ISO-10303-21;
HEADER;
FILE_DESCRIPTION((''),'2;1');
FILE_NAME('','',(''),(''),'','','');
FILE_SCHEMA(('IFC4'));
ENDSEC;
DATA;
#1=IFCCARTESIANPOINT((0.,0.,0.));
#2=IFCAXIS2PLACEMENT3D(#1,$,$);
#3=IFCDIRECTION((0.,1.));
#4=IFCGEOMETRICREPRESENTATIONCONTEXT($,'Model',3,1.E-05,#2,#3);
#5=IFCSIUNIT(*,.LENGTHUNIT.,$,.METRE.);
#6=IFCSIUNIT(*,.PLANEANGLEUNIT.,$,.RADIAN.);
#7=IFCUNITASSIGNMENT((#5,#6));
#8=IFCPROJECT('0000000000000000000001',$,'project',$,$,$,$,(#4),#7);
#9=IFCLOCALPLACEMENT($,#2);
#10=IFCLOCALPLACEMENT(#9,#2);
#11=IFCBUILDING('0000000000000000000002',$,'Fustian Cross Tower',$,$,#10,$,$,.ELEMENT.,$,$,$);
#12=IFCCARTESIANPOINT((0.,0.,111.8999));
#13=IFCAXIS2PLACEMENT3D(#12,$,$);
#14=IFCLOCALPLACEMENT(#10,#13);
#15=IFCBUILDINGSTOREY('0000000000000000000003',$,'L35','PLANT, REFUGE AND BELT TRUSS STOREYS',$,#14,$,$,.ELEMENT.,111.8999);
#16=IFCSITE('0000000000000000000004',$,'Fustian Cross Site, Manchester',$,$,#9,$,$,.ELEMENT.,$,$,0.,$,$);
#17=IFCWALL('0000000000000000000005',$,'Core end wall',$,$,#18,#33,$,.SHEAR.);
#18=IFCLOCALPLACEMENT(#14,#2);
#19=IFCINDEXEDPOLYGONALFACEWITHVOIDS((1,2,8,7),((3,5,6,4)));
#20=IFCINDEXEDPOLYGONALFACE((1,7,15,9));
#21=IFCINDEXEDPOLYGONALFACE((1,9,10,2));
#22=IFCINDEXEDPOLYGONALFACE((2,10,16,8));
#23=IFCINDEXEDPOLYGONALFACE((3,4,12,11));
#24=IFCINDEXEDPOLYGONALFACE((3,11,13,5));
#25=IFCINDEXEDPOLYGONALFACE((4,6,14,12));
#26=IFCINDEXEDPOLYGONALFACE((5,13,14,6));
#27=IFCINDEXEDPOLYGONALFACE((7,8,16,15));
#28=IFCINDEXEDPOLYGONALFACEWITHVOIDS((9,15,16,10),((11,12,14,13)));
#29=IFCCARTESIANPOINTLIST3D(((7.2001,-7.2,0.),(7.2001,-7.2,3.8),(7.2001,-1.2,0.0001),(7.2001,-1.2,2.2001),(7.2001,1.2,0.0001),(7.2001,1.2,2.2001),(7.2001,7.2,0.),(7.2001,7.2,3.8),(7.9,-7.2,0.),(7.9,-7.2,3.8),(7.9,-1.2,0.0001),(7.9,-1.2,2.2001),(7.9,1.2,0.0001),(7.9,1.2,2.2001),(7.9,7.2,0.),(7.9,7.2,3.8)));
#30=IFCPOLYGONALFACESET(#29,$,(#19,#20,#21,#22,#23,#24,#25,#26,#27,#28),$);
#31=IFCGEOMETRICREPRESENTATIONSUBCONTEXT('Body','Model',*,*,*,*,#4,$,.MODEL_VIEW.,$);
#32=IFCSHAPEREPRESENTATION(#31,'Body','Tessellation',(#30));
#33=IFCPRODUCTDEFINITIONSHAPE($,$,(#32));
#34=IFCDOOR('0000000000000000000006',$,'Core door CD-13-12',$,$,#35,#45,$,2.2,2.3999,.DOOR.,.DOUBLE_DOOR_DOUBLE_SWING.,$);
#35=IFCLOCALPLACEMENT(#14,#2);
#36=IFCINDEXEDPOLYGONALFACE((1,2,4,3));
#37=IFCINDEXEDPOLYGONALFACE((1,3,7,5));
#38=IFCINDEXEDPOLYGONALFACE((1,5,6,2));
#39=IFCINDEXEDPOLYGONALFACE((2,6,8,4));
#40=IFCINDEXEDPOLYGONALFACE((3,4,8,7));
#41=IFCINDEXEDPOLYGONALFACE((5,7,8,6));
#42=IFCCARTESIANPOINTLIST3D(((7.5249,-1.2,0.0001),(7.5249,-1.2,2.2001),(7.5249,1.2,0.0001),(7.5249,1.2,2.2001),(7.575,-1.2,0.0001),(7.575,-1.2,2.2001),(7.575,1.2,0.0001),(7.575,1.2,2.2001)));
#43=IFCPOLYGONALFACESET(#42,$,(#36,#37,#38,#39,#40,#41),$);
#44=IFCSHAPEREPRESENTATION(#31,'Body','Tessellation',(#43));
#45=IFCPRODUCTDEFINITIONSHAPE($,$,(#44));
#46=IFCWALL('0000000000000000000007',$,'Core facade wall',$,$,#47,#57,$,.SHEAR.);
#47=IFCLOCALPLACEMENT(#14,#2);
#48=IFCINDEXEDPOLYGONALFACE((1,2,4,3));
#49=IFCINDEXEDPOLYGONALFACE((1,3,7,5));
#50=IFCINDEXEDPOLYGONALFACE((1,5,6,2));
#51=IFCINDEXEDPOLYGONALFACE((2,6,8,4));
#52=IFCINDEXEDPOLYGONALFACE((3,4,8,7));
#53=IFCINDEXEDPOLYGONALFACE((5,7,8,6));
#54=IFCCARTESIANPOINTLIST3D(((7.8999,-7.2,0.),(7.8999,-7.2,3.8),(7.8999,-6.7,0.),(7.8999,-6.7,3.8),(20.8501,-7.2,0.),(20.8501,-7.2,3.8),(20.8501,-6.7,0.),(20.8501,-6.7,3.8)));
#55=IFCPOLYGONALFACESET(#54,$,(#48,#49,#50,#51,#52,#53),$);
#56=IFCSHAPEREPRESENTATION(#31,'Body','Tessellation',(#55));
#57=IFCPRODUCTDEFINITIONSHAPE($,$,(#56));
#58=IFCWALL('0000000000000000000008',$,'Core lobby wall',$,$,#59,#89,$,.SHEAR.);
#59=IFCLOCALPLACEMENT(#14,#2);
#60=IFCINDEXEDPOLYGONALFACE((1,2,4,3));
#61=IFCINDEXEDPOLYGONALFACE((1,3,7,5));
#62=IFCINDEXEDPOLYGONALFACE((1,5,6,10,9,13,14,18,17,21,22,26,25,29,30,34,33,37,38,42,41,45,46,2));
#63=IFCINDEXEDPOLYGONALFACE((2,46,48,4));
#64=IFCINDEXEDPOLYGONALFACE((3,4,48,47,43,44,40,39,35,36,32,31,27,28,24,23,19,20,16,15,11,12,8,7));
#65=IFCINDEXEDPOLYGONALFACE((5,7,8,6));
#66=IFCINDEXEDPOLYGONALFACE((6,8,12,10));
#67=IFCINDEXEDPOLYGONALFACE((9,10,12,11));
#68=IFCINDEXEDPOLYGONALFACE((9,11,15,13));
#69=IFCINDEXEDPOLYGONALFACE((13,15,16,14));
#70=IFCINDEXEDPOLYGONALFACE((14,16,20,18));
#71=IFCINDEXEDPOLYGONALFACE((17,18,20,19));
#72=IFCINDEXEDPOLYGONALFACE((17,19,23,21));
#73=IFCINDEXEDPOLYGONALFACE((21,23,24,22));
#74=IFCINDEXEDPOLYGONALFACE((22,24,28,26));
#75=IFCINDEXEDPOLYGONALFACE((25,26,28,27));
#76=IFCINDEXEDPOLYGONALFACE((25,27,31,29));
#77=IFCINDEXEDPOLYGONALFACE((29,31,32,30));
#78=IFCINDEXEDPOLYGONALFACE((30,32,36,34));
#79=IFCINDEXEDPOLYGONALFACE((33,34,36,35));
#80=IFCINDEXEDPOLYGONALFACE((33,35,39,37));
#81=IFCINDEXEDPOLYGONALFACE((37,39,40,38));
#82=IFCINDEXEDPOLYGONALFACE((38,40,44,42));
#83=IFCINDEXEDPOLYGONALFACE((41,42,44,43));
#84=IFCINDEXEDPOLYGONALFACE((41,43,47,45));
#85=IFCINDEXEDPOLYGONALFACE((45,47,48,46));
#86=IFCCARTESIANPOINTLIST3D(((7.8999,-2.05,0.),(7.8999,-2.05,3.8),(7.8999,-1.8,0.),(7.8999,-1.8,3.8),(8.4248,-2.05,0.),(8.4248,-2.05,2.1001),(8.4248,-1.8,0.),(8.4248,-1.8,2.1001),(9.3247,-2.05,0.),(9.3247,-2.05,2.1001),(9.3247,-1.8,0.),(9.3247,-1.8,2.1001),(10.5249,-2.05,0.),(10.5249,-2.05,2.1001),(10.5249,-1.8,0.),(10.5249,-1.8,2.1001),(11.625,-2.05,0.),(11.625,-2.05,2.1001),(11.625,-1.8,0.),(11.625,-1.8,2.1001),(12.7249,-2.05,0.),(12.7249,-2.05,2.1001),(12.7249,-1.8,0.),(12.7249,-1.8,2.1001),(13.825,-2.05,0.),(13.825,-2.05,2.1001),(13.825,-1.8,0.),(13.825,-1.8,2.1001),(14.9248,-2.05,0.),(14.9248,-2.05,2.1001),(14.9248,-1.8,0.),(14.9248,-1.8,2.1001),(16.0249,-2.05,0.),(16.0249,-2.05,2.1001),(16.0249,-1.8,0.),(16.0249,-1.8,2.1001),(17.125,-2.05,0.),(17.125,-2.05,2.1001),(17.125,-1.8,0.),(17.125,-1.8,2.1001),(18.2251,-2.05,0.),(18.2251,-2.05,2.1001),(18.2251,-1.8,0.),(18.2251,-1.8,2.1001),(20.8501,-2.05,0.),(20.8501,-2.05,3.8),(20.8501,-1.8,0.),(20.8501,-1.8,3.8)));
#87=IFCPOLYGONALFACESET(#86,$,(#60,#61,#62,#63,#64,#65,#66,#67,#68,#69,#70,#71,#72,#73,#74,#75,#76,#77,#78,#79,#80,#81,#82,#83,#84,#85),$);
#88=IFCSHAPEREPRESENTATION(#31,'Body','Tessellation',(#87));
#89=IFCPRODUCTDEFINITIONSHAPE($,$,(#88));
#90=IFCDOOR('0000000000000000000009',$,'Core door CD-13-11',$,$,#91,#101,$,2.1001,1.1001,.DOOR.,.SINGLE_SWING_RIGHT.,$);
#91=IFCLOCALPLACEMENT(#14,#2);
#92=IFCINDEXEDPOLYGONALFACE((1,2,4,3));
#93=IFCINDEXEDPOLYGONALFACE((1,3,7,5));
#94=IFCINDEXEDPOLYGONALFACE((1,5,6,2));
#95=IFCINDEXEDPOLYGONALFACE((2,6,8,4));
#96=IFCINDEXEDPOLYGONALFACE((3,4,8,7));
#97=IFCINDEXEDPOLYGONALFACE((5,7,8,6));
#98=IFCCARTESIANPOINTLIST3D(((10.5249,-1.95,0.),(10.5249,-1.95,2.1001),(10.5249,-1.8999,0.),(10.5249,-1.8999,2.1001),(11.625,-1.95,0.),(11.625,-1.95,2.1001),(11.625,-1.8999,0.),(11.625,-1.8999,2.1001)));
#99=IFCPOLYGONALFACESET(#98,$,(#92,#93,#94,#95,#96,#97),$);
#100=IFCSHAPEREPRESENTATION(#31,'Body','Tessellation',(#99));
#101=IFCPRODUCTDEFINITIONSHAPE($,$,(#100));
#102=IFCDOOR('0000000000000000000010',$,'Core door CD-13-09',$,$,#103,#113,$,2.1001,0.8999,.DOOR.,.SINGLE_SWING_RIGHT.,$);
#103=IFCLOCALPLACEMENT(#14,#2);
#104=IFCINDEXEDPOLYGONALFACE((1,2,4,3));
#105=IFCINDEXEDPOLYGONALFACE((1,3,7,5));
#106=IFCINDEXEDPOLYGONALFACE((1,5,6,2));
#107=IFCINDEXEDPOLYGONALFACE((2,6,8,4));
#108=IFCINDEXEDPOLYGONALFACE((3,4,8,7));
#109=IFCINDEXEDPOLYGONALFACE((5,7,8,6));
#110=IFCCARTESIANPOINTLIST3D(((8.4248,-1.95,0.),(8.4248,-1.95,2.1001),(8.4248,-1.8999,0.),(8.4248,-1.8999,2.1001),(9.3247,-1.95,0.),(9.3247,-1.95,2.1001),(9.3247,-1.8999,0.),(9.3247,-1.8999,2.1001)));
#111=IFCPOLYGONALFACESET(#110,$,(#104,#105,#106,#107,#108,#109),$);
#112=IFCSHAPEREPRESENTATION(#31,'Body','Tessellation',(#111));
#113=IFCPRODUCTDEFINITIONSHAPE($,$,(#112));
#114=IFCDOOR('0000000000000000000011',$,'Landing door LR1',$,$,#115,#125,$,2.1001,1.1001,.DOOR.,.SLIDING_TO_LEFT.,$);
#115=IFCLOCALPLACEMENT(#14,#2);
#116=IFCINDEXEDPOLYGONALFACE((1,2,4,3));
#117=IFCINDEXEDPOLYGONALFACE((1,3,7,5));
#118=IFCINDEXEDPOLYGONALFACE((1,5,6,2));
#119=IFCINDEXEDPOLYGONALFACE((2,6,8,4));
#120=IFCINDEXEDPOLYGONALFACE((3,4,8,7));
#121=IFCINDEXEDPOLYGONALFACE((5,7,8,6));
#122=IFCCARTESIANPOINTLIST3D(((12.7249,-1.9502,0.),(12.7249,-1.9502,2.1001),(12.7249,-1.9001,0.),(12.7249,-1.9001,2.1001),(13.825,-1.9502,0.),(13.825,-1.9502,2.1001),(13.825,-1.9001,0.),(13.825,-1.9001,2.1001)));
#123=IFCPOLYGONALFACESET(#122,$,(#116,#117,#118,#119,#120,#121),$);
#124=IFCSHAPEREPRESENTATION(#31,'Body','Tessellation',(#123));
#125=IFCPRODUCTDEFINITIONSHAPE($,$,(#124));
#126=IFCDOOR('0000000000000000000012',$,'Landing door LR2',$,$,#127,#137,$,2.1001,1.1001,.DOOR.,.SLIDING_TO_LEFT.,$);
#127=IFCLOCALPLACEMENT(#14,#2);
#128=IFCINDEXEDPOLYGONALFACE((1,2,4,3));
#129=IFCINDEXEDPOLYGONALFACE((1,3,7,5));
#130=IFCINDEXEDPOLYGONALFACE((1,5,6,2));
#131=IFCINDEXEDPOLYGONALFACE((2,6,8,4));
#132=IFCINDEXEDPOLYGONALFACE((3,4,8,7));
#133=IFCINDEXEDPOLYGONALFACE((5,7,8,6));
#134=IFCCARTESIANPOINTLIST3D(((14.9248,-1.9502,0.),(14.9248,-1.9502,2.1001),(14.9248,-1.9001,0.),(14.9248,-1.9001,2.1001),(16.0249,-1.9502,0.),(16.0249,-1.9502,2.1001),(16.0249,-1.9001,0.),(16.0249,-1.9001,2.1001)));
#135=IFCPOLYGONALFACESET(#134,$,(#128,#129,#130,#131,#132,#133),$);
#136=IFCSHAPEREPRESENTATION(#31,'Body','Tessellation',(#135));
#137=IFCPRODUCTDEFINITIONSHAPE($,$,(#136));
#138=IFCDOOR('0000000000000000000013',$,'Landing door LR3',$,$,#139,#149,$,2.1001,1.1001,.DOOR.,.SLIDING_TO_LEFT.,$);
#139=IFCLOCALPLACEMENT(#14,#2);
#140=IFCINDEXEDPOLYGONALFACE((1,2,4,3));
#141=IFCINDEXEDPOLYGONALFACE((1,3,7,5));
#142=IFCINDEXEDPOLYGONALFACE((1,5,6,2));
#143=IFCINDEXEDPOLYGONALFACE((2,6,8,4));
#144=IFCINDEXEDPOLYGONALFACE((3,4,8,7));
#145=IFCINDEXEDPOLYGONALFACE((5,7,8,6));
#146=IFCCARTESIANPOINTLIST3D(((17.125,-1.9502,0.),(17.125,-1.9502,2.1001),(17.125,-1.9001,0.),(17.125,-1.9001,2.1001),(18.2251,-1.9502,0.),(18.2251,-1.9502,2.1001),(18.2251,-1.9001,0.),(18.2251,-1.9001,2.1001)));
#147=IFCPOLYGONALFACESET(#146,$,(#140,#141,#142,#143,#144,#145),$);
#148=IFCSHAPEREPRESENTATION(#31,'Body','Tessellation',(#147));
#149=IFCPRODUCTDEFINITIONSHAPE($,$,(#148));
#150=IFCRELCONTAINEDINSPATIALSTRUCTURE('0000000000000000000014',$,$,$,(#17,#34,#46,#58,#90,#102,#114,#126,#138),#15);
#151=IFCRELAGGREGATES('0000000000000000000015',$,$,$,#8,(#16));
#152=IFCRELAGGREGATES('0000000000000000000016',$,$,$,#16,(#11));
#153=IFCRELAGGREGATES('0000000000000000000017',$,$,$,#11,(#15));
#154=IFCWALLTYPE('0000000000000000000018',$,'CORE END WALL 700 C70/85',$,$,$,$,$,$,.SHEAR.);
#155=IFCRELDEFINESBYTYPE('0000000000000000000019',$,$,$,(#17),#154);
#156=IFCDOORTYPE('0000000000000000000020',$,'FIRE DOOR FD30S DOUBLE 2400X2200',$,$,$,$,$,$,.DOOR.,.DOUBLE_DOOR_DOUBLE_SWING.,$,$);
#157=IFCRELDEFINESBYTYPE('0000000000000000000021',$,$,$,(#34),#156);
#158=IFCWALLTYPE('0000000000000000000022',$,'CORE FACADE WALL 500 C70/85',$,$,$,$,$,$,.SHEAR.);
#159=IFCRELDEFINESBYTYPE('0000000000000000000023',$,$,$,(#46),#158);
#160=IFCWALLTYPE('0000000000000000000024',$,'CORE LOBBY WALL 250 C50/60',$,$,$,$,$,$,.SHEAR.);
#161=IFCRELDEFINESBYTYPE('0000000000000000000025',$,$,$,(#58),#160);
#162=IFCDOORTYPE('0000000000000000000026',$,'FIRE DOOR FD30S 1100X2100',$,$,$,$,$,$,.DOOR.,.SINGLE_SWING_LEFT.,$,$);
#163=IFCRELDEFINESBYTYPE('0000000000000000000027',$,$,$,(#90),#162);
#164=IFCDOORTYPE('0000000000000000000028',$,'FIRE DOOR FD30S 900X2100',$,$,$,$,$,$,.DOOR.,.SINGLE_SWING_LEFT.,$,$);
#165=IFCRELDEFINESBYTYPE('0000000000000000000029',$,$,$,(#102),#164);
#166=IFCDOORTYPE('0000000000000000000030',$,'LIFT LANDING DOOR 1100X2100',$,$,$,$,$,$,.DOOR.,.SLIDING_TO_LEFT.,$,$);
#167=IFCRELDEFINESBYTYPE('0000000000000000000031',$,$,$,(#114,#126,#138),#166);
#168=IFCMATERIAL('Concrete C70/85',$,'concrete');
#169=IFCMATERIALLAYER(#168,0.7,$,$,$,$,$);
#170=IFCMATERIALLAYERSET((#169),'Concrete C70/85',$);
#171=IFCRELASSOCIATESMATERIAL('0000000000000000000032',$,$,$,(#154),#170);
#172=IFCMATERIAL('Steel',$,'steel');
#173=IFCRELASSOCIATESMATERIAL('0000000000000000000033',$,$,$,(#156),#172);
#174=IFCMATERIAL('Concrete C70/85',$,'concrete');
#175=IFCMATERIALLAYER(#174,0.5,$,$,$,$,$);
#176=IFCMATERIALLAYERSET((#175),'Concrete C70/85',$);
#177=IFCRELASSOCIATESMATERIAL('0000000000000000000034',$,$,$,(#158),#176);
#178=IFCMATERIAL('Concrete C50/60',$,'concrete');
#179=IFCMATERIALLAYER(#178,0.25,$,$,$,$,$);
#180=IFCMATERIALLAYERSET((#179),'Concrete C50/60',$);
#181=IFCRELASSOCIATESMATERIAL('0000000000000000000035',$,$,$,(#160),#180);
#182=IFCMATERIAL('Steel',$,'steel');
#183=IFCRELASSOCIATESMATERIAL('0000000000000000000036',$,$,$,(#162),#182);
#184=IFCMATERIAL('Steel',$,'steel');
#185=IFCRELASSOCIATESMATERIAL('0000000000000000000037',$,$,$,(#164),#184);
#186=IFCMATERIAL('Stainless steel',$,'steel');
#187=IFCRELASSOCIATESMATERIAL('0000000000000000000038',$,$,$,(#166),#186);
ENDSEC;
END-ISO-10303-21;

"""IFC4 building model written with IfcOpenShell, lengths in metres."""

from ifc_helpers import new_model, si_unit, direction, frame, frame_2d, origin, place, context, subcontext, project, spatial, rectangle, extrude, material, layer, layer_set, type_object, element, fill, save


model = new_model("IFC4")

# Units and contexts
model_context = context("Model", 3, precision=1e-05, world=origin(), true_north=direction((0.0, 1.0)))
body_context = subcontext(model_context, "Body", "Model", "MODEL_VIEW")
ifc_project = project(units=[si_unit("LENGTHUNIT", "METRE"), si_unit("PLANEANGLEUNIT", "RADIAN")], contexts=[model_context])

# Site, building, storey
site_placement = place(None, origin())
site = spatial("IfcSite", under=ifc_project, at=site_placement, Name="Fustian Cross Site, Manchester", CompositionType="ELEMENT", RefElevation=0.0)
building_placement = place(site_placement, origin())
building = spatial("IfcBuilding", under=site, at=building_placement, Name="Fustian Cross Tower", CompositionType="ELEMENT")
storey_placement = place(building_placement, frame((0.0, 0.0, 111.8999)))
storey = spatial("IfcBuildingStorey", under=building, at=storey_placement, Name="L35", Description="PLANT, REFUGE AND BELT TRUSS STOREYS", CompositionType="ELEMENT", Elevation=111.8999)

# Wall, opening, door
ifc_material_1 = material(Name="Concrete C70/85", Category="concrete")
ifc_layer_1 = layer(ifc_material_1, 0.7)
ifc_layer_set_1 = layer_set([ifc_layer_1], Name="Concrete C70/85")
wall_type_1 = type_object("IfcWallType", Name="CORE END WALL 700 C70/85", PredefinedType="SHEAR", material=ifc_layer_set_1)
wall_1_placement = place(storey_placement, frame((7.55, -7.2, 0.0), z_axis=(0.0, 0.0, 1.0), x_axis=(0.0, 1.0, 0.0)))
wall_1 = element("IfcWall", 1, at=wall_1_placement, inside=storey, type_object=wall_type_1, Name="Core end wall", PredefinedType="SHEAR", context=body_context, shape_type="SweptSolid", body=[
    extrude(rectangle(XDim=14.3999, YDim=0.7, at=frame_2d((7.2, 0.0))), origin(), (0.0, 0.0, 1.0), 3.8),
])
opening_1_placement = place(wall_1_placement, frame((6.0, 0.0, 0.0)))
opening_1 = element("IfcOpeningElement", 2, at=opening_1_placement, cuts=wall_1, PredefinedType="OPENING", context=body_context, shape_type="SweptSolid", body=[
    extrude(rectangle(XDim=2.3999, YDim=2.2, at=frame_2d((1.2, 1.1001))), frame((0.0, 0.3599, 0.0), z_axis=(0.0, -1.0, 0.0), x_axis=(1.0, 0.0, 0.0)), (0.0, 0.0, 1.0), 0.72),
])
ifc_material_2 = material(Name="Steel", Category="steel")
door_type_1 = type_object("IfcDoorType", Name="FIRE DOOR FD30S DOUBLE 2400X2200", OperationType="DOUBLE_DOOR_DOUBLE_SWING", PredefinedType="DOOR", material=ifc_material_2)
door_1_placement = place(opening_1_placement, frame((2.3999, 0.0, 0.0), z_axis=(0.0, 0.0, 1.0), x_axis=(-1.0, 0.0, 0.0)))
door_1 = element("IfcDoor", 3, at=door_1_placement, inside=storey, type_object=door_type_1, Name="Core door CD-13-12", OperationType="DOUBLE_DOOR_DOUBLE_SWING", OverallHeight=2.2, OverallWidth=2.3999, PredefinedType="DOOR", context=body_context, shape_type="SweptSolid", body=[
    extrude(rectangle(XDim=2.3999, YDim=2.2, at=frame_2d((1.2, 1.1001))), frame((0.0, 0.0249, 0.0), z_axis=(0.0, -1.0, 0.0), x_axis=(1.0, 0.0, 0.0)), (0.0, 0.0, 1.0), 0.05),
])
fill(opening_1, door_1)

# Wall
ifc_material_3 = material(Name="Concrete C70/85", Category="concrete")
ifc_layer_2 = layer(ifc_material_3, 0.5)
ifc_layer_set_2 = layer_set([ifc_layer_2], Name="Concrete C70/85")
wall_type_2 = type_object("IfcWallType", Name="CORE FACADE WALL 500 C70/85", PredefinedType="SHEAR", material=ifc_layer_set_2)
wall_2_placement = place(storey_placement, frame((7.8999, -6.95, 0.0), z_axis=(0.0, 0.0, 1.0), x_axis=(1.0, 0.0, 0.0)))
element("IfcWall", 4, at=wall_2_placement, inside=storey, type_object=wall_type_2, Name="Core facade wall", PredefinedType="SHEAR", context=body_context, shape_type="SweptSolid", body=[
    extrude(rectangle(XDim=12.9502, YDim=0.5, at=frame_2d((6.4751, 0.0))), origin(), (0.0, 0.0, 1.0), 3.8),
])

# Wall, openings, doors
ifc_material_4 = material(Name="Concrete C50/60", Category="concrete")
ifc_layer_3 = layer(ifc_material_4, 0.25)
ifc_layer_set_3 = layer_set([ifc_layer_3], Name="Concrete C50/60")
wall_type_3 = type_object("IfcWallType", Name="CORE LOBBY WALL 250 C50/60", PredefinedType="SHEAR", material=ifc_layer_set_3)
wall_3_placement = place(storey_placement, frame((7.8999, -1.925, 0.0), z_axis=(0.0, 0.0, 1.0), x_axis=(1.0, 0.0, 0.0)))
wall_3 = element("IfcWall", 5, at=wall_3_placement, inside=storey, type_object=wall_type_3, Name="Core lobby wall", PredefinedType="SHEAR", context=body_context, shape_type="SweptSolid", body=[
    extrude(rectangle(XDim=12.9502, YDim=0.25, at=frame_2d((6.4751, 0.0))), origin(), (0.0, 0.0, 1.0), 3.8),
])
opening_2_placement = place(wall_3_placement, frame((4.825, 0.0, 0.0)))
opening_2 = element("IfcOpeningElement", 6, at=opening_2_placement, cuts=wall_3, PredefinedType="OPENING", context=body_context, shape_type="SweptSolid", body=[
    extrude(rectangle(XDim=1.1001, YDim=2.1001, at=frame_2d((0.55, 1.05))), frame((0.0, 0.135, 0.0), z_axis=(0.0, -1.0, 0.0), x_axis=(1.0, 0.0, 0.0)), (0.0, 0.0, 1.0), 0.27),
])
opening_3_placement = place(wall_3_placement, frame((7.0249, 0.0, 0.0)))
opening_3 = element("IfcOpeningElement", 7, at=opening_3_placement, cuts=wall_3, PredefinedType="OPENING", context=body_context, shape_type="SweptSolid", body=[
    extrude(rectangle(XDim=1.1001, YDim=2.1001, at=frame_2d((0.55, 1.05))), frame((0.0, 0.135, 0.0), z_axis=(0.0, -1.0, 0.0), x_axis=(1.0, 0.0, 0.0)), (0.0, 0.0, 1.0), 0.27),
])
opening_4_placement = place(wall_3_placement, frame((9.2251, 0.0, 0.0)))
opening_4 = element("IfcOpeningElement", 8, at=opening_4_placement, cuts=wall_3, PredefinedType="OPENING", context=body_context, shape_type="SweptSolid", body=[
    extrude(rectangle(XDim=1.1001, YDim=2.1001, at=frame_2d((0.55, 1.05))), frame((0.0, 0.135, 0.0), z_axis=(0.0, -1.0, 0.0), x_axis=(1.0, 0.0, 0.0)), (0.0, 0.0, 1.0), 0.27),
])
opening_5_placement = place(wall_3_placement, frame((0.5249, 0.0, 0.0)))
opening_5 = element("IfcOpeningElement", 9, at=opening_5_placement, cuts=wall_3, PredefinedType="OPENING", context=body_context, shape_type="SweptSolid", body=[
    extrude(rectangle(XDim=0.8999, YDim=2.1001, at=frame_2d((0.45, 1.05))), frame((0.0, 0.135, 0.0), z_axis=(0.0, -1.0, 0.0), x_axis=(1.0, 0.0, 0.0)), (0.0, 0.0, 1.0), 0.27),
])
opening_6_placement = place(wall_3_placement, frame((2.625, 0.0, 0.0)))
opening_6 = element("IfcOpeningElement", 10, at=opening_6_placement, cuts=wall_3, PredefinedType="OPENING", context=body_context, shape_type="SweptSolid", body=[
    extrude(rectangle(XDim=1.1001, YDim=2.1001, at=frame_2d((0.55, 1.05))), frame((0.0, 0.135, 0.0), z_axis=(0.0, -1.0, 0.0), x_axis=(1.0, 0.0, 0.0)), (0.0, 0.0, 1.0), 0.27),
])
ifc_material_5 = material(Name="Steel", Category="steel")
door_type_2 = type_object("IfcDoorType", Name="FIRE DOOR FD30S 1100X2100", OperationType="SINGLE_SWING_LEFT", PredefinedType="DOOR", material=ifc_material_5)
door_2_placement = place(opening_6_placement, frame((1.1001, 0.0, 0.0), z_axis=(0.0, 0.0, 1.0), x_axis=(-1.0, 0.0, 0.0)))
door_2 = element("IfcDoor", 11, at=door_2_placement, inside=storey, type_object=door_type_2, Name="Core door CD-13-11", OperationType="SINGLE_SWING_RIGHT", OverallHeight=2.1001, OverallWidth=1.1001, PredefinedType="DOOR", context=body_context, shape_type="SweptSolid", body=[
    extrude(rectangle(XDim=1.1001, YDim=2.1001, at=frame_2d((0.55, 1.05))), frame((0.0, 0.0249, 0.0), z_axis=(0.0, -1.0, 0.0), x_axis=(1.0, 0.0, 0.0)), (0.0, 0.0, 1.0), 0.05),
])
fill(opening_6, door_2)
ifc_material_6 = material(Name="Steel", Category="steel")
door_type_3 = type_object("IfcDoorType", Name="FIRE DOOR FD30S 900X2100", OperationType="SINGLE_SWING_LEFT", PredefinedType="DOOR", material=ifc_material_6)
door_3_placement = place(opening_5_placement, frame((0.8999, 0.0, 0.0), z_axis=(0.0, 0.0, 1.0), x_axis=(-1.0, 0.0, 0.0)))
door_3 = element("IfcDoor", 12, at=door_3_placement, inside=storey, type_object=door_type_3, Name="Core door CD-13-09", OperationType="SINGLE_SWING_RIGHT", OverallHeight=2.1001, OverallWidth=0.8999, PredefinedType="DOOR", context=body_context, shape_type="SweptSolid", body=[
    extrude(rectangle(XDim=0.8999, YDim=2.1001, at=frame_2d((0.45, 1.05))), frame((0.0, 0.0249, 0.0), z_axis=(0.0, -1.0, 0.0), x_axis=(1.0, 0.0, 0.0)), (0.0, 0.0, 1.0), 0.05),
])
fill(opening_5, door_3)
ifc_material_7 = material(Name="Stainless steel", Category="steel")
door_type_4 = type_object("IfcDoorType", Name="LIFT LANDING DOOR 1100X2100", OperationType="SLIDING_TO_LEFT", PredefinedType="DOOR", material=ifc_material_7)
door_4_placement = place(opening_2_placement, origin())
door_4 = element("IfcDoor", 13, at=door_4_placement, inside=storey, type_object=door_type_4, Name="Landing door LR1", OperationType="SLIDING_TO_LEFT", OverallHeight=2.1001, OverallWidth=1.1001, PredefinedType="DOOR", context=body_context, shape_type="SweptSolid", body=[
    extrude(rectangle(XDim=1.1001, YDim=2.1001, at=frame_2d((0.55, 1.05))), frame((0.0, 0.0249, 0.0), z_axis=(0.0, -1.0, 0.0), x_axis=(1.0, 0.0, 0.0)), (0.0, 0.0, 1.0), 0.05),
])
fill(opening_2, door_4)
door_5_placement = place(opening_3_placement, origin())
door_5 = element("IfcDoor", 14, at=door_5_placement, inside=storey, type_object=door_type_4, Name="Landing door LR2", OperationType="SLIDING_TO_LEFT", OverallHeight=2.1001, OverallWidth=1.1001, PredefinedType="DOOR", context=body_context, shape_type="SweptSolid", body=[
    extrude(rectangle(XDim=1.1001, YDim=2.1001, at=frame_2d((0.55, 1.05))), frame((0.0, 0.0249, 0.0), z_axis=(0.0, -1.0, 0.0), x_axis=(1.0, 0.0, 0.0)), (0.0, 0.0, 1.0), 0.05),
])
fill(opening_3, door_5)
door_6_placement = place(opening_4_placement, origin())
door_6 = element("IfcDoor", 15, at=door_6_placement, inside=storey, type_object=door_type_4, Name="Landing door LR3", OperationType="SLIDING_TO_LEFT", OverallHeight=2.1001, OverallWidth=1.1001, PredefinedType="DOOR", context=body_context, shape_type="SweptSolid", body=[
    extrude(rectangle(XDim=1.1001, YDim=2.1001, at=frame_2d((0.55, 1.05))), frame((0.0, 0.0249, 0.0), z_axis=(0.0, -1.0, 0.0), x_axis=(1.0, 0.0, 0.0)), (0.0, 0.0, 1.0), 0.05),
])
fill(opening_4, door_6)

save(model, "model.ifc")
